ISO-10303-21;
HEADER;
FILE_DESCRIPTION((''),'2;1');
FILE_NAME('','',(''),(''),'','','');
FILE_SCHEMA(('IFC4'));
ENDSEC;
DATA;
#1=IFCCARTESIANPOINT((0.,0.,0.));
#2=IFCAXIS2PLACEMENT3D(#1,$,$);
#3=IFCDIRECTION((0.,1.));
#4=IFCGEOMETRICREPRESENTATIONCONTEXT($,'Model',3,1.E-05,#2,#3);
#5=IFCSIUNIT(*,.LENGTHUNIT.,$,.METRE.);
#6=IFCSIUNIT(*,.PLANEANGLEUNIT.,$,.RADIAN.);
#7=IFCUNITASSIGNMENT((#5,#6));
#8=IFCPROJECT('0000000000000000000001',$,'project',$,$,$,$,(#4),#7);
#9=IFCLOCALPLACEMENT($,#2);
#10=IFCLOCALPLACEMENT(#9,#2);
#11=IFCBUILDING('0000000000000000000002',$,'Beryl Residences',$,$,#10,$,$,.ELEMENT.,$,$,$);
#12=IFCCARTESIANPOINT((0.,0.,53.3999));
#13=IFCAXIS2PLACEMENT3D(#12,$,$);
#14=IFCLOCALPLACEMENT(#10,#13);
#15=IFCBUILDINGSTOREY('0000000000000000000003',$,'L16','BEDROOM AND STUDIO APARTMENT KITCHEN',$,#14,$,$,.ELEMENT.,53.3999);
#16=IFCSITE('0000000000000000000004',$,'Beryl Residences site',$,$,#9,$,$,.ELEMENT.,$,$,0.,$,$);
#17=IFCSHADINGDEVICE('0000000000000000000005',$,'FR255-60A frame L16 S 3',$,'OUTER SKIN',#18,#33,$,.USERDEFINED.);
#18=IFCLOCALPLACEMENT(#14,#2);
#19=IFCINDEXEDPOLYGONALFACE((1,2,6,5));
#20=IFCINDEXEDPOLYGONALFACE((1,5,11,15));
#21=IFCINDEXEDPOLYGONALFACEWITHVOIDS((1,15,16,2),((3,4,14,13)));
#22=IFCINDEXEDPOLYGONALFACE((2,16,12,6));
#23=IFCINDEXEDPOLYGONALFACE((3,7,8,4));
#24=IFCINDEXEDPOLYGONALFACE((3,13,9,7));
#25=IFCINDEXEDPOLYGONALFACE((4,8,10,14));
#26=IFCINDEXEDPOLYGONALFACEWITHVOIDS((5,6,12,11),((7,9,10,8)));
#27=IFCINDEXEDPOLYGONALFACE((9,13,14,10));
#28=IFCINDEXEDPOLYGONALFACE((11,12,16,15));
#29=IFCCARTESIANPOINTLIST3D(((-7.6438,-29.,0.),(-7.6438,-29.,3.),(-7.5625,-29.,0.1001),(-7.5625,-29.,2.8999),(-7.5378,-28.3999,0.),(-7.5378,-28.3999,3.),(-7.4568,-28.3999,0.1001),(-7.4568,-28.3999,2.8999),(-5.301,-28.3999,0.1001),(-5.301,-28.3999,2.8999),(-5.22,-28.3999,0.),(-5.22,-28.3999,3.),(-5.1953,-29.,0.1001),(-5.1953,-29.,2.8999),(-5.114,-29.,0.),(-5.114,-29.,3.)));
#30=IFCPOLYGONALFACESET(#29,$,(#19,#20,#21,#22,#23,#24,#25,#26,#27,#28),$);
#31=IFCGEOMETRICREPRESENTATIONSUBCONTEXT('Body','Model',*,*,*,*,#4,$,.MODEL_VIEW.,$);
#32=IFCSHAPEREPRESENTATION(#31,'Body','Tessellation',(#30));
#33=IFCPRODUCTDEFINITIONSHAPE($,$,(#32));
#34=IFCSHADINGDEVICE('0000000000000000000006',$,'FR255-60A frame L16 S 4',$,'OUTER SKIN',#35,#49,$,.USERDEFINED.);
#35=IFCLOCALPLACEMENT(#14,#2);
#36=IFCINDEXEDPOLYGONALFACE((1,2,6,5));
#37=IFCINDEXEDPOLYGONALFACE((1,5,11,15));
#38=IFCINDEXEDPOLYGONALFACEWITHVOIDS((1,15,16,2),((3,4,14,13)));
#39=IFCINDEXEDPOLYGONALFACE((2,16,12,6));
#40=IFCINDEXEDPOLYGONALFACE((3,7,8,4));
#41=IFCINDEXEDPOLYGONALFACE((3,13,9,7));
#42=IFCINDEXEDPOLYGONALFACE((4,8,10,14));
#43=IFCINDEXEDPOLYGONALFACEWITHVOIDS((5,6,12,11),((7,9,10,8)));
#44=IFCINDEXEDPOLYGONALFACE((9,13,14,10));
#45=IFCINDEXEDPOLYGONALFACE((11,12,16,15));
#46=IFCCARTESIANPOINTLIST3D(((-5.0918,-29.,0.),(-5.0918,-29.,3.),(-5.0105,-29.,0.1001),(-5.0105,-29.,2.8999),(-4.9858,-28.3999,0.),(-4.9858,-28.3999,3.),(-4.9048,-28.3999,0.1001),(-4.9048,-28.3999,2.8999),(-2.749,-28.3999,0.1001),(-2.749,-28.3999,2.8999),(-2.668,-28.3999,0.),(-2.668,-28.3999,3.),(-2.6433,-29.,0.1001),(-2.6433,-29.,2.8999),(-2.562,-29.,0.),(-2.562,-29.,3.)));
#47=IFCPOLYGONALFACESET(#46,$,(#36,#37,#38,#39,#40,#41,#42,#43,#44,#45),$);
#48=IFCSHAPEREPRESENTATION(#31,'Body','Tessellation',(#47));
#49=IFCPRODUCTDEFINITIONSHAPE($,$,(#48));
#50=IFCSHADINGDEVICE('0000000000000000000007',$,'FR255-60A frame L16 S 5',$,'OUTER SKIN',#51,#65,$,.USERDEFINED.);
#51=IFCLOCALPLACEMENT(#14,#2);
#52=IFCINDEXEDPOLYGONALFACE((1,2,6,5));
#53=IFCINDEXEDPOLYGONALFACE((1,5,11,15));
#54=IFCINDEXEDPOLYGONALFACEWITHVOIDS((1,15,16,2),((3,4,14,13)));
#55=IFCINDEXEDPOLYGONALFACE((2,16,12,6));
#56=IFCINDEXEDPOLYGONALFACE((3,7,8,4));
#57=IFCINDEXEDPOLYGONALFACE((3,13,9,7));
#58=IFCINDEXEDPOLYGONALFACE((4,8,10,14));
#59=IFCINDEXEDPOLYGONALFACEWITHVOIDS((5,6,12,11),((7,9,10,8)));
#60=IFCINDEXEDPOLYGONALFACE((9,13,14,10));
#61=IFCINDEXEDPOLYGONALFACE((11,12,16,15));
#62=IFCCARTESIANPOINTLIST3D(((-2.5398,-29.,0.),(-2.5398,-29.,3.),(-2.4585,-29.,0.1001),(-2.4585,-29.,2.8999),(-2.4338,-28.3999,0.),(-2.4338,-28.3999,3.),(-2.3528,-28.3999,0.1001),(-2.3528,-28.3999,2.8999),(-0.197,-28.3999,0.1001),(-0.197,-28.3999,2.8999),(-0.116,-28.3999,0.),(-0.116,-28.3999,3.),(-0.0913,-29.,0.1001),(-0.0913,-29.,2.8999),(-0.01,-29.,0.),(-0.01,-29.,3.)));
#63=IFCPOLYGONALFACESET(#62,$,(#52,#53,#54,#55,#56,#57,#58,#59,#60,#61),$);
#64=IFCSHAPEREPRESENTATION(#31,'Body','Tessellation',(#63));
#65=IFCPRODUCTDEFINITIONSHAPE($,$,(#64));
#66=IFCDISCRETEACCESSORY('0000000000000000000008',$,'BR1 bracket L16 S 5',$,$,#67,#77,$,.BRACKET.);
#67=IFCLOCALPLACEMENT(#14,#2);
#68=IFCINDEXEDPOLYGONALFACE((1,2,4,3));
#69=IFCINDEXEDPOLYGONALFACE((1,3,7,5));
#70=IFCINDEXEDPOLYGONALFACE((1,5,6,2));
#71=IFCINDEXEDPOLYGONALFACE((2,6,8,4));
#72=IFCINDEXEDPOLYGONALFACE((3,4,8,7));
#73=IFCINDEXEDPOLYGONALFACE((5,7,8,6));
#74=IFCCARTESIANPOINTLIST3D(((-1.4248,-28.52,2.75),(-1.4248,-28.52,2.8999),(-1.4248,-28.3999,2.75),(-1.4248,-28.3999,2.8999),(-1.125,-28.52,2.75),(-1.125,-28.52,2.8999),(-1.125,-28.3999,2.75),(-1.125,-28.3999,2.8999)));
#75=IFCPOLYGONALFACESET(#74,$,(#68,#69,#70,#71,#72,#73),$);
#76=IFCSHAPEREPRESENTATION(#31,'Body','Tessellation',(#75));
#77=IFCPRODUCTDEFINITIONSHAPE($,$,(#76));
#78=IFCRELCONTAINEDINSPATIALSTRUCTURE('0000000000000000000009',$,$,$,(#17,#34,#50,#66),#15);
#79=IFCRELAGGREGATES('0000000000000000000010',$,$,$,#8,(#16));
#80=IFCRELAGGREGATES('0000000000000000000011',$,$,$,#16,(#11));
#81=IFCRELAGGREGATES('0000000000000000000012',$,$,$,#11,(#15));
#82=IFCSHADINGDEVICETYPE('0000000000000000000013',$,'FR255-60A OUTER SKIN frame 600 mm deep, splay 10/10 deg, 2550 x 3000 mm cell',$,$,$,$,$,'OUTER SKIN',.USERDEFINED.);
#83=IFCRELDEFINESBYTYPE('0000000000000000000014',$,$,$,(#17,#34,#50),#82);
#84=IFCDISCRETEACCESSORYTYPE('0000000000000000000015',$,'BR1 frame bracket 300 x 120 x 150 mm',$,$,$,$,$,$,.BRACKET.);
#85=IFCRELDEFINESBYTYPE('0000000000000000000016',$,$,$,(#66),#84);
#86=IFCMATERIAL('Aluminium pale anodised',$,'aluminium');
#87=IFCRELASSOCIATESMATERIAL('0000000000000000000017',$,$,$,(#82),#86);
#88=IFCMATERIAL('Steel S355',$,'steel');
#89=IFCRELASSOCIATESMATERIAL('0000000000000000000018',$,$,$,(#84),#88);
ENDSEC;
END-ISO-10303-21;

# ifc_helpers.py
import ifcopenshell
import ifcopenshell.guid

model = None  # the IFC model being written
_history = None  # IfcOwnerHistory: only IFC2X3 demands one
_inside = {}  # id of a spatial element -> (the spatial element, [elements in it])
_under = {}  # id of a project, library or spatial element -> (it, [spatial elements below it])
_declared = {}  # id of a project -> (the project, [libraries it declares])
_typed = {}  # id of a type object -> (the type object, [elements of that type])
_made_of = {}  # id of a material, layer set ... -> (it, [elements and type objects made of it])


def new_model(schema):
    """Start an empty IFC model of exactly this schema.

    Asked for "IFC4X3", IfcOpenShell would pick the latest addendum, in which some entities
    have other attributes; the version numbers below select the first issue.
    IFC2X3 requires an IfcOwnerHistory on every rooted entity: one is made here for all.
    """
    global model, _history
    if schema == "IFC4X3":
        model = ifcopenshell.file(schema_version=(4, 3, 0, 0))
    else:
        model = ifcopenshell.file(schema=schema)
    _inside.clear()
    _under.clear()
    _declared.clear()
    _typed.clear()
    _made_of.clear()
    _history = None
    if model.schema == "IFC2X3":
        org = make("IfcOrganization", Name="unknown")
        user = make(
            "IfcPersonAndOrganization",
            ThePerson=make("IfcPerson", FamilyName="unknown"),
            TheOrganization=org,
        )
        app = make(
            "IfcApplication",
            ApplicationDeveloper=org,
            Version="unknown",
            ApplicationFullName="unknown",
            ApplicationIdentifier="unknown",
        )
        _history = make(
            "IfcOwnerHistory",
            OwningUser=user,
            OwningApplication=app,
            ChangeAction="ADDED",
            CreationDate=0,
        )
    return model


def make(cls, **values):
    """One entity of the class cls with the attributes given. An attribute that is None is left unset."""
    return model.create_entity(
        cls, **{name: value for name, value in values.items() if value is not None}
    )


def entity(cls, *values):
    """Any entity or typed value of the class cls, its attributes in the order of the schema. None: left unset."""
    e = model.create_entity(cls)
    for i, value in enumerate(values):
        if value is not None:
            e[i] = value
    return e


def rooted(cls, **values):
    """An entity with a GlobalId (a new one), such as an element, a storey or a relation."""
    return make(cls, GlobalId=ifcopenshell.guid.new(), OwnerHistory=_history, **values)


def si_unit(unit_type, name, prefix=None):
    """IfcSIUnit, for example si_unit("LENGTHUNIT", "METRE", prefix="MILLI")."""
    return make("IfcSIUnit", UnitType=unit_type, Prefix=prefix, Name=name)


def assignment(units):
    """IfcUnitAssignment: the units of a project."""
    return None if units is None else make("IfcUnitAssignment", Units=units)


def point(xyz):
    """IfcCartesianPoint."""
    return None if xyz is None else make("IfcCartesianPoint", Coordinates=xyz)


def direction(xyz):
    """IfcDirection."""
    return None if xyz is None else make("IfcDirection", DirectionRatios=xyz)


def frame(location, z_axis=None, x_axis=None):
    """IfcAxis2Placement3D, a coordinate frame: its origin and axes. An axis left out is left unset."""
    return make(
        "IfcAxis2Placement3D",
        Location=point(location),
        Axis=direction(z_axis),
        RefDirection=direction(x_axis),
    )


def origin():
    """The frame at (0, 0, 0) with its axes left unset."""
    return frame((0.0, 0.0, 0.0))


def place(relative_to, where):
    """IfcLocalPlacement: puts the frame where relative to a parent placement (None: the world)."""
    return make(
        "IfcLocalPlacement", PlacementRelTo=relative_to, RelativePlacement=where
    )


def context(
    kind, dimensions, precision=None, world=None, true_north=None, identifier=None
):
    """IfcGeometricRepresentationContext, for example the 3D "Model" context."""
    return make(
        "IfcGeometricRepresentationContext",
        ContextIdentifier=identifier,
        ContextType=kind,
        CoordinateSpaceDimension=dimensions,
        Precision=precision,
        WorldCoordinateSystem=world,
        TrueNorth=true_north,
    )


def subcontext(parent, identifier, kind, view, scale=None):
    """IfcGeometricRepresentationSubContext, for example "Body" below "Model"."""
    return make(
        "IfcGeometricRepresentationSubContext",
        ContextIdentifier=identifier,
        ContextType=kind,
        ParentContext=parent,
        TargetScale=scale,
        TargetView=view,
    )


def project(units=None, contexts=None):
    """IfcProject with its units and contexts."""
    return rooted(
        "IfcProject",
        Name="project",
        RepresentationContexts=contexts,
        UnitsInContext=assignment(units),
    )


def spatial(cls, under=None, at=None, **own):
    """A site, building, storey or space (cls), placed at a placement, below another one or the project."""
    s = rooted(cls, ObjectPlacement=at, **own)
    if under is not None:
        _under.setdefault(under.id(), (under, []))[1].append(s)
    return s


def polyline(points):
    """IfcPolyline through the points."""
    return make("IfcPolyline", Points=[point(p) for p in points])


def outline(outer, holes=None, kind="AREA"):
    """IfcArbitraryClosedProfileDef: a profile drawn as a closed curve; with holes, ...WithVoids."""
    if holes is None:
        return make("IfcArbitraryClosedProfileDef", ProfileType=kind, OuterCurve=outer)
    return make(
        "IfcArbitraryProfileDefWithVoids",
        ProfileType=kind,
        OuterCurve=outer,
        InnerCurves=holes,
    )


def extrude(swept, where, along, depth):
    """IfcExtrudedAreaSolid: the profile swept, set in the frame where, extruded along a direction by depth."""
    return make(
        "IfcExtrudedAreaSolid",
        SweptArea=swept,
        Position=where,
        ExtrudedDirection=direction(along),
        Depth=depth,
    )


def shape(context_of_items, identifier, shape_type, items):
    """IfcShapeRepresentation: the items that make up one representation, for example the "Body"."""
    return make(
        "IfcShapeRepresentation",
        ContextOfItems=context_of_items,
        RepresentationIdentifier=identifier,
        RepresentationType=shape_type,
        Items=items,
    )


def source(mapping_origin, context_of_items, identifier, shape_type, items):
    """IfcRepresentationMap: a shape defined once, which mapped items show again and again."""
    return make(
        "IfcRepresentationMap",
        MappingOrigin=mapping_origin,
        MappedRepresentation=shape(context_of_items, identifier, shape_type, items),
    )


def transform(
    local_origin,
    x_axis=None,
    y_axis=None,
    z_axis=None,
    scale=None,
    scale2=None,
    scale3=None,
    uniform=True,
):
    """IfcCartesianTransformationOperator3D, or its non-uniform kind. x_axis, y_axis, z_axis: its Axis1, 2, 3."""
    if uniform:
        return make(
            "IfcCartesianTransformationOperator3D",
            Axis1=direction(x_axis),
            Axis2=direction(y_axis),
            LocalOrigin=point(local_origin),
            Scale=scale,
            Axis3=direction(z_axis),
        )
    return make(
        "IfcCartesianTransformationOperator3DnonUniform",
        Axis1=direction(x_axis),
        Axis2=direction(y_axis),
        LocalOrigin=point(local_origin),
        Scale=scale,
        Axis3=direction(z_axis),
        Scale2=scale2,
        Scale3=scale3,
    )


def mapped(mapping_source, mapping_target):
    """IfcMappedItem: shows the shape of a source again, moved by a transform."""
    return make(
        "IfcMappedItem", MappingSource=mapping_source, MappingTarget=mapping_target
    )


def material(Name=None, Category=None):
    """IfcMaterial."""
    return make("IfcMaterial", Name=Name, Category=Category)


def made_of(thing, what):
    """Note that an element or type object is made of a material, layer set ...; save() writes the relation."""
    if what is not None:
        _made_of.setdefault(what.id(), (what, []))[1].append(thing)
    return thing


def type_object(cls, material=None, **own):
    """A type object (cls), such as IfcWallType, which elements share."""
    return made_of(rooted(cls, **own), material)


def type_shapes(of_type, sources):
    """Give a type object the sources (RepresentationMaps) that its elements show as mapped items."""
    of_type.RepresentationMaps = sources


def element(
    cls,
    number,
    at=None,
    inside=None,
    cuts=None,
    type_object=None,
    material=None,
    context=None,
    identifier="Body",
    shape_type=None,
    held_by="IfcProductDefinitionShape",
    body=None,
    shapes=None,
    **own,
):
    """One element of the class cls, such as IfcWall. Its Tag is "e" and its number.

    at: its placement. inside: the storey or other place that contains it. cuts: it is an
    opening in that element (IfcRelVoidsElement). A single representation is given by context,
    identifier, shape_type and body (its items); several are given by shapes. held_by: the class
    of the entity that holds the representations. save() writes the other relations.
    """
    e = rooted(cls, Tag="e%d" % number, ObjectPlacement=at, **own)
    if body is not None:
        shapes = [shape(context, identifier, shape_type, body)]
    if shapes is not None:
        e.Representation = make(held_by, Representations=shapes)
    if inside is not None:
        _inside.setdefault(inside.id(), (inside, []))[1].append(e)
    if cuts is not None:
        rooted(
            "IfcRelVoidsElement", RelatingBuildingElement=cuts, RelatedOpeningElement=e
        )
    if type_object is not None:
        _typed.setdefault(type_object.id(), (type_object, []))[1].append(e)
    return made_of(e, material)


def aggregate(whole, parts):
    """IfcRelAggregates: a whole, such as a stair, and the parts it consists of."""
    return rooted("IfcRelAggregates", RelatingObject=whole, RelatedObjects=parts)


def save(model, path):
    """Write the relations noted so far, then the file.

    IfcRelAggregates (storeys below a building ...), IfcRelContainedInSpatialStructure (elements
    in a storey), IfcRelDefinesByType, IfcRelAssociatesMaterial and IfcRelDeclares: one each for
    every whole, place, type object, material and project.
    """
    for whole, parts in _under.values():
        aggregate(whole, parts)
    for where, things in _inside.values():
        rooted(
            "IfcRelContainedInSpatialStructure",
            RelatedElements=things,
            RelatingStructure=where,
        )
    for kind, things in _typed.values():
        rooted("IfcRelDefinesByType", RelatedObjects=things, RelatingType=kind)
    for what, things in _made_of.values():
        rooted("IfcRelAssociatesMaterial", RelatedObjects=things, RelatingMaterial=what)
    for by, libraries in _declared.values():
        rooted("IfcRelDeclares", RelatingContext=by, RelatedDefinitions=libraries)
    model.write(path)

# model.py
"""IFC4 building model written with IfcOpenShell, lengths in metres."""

from ifc_helpers import new_model, entity, si_unit, direction, frame, origin, place, context, subcontext, project, spatial, polyline, outline, extrude, source, transform, mapped, material, type_object, type_shapes, element, save


model = new_model("IFC4")

# Units and contexts
model_context = context("Model", 3, precision=1e-05, world=origin(), true_north=direction((0.0, 1.0)))
body_context = subcontext(model_context, "Body", "Model", "MODEL_VIEW")
ifc_project = project(units=[si_unit("LENGTHUNIT", "METRE"), si_unit("PLANEANGLEUNIT", "RADIAN")], contexts=[model_context])

# Site, building, storey
site_placement = place(None, origin())
site = spatial("IfcSite", under=ifc_project, at=site_placement, Name="Beryl Residences site", CompositionType="ELEMENT", RefElevation=0.0)
building_placement = place(site_placement, origin())
building = spatial("IfcBuilding", under=site, at=building_placement, Name="Beryl Residences", CompositionType="ELEMENT")
storey_placement = place(building_placement, frame((0.0, 0.0, 53.3999)))
storey = spatial("IfcBuildingStorey", under=building, at=storey_placement, Name="L16", Description="BEDROOM AND STUDIO APARTMENT KITCHEN", CompositionType="ELEMENT", Elevation=53.3999)

# Shading devices
ifc_material_1 = material(Name="Aluminium pale anodised", Category="aluminium")
shading_device_type = type_object("IfcShadingDeviceType", Name="FR255-60A OUTER SKIN frame 600 mm deep, splay 10/10 deg, 2550 x 3000 mm cell", ElementType="OUTER SKIN", PredefinedType="USERDEFINED", material=ifc_material_1)
cartesian_point_1 = entity("IfcCartesianPoint", [-1.1589, 0.0])
cartesian_point_2 = entity("IfcCartesianPoint", [-1.0779, 0.1001])
cartesian_point_3 = entity("IfcCartesianPoint", [-1.2649, 0.0])
cartesian_point_4 = entity("IfcCartesianPoint", [-1.1836, 0.1001])
shared_shape_1 = source(origin(), body_context, "Body", "SweptSolid", [
    entity("IfcExtrudedAreaSolidTapered", entity("IfcArbitraryProfileDefWithVoids", "AREA", None, entity("IfcPolyline", [cartesian_point_1, entity("IfcCartesianPoint", [1.1589, 0.0]), entity("IfcCartesianPoint", [1.1589, 3.0]), entity("IfcCartesianPoint", [-1.1589, 3.0]), cartesian_point_1]), [entity("IfcPolyline", [cartesian_point_2, entity("IfcCartesianPoint", [1.0779, 0.1001]), entity("IfcCartesianPoint", [1.0779, 2.8999]), entity("IfcCartesianPoint", [-1.0779, 2.8999]), cartesian_point_2])]), entity("IfcAxis2Placement3D", entity("IfcCartesianPoint", [0.0, 0.0, 0.0]), entity("IfcDirection", [0.0, 1.0, 0.0]), entity("IfcDirection", [-1.0, 0.0, 0.0])), entity("IfcDirection", [0.0, 0.0, 1.0]), 0.6001, entity("IfcArbitraryProfileDefWithVoids", "AREA", None, entity("IfcPolyline", [cartesian_point_3, entity("IfcCartesianPoint", [1.2649, 0.0]), entity("IfcCartesianPoint", [1.2649, 3.0]), entity("IfcCartesianPoint", [-1.2649, 3.0]), cartesian_point_3]), [entity("IfcPolyline", [cartesian_point_4, entity("IfcCartesianPoint", [1.1836, 0.1001]), entity("IfcCartesianPoint", [1.1836, 2.8999]), entity("IfcCartesianPoint", [-1.1836, 2.8999]), cartesian_point_4])])),
])
type_shapes(shading_device_type, [shared_shape_1])
for number, where, z_axis, x_axis, name in (
    (1, (-6.3789, -28.3999, 0.0), (0.0, 0.0, 1.0), (-1.0, 0.0, 0.0), "FR255-60A frame L16 S 3"),
    (2, (-3.8269, -28.3999, 0.0), (0.0, 0.0, 1.0), (-1.0, 0.0, 0.0), "FR255-60A frame L16 S 4"),
    (3, (-1.2749, -28.3999, 0.0), (0.0, 0.0, 1.0), (-1.0, 0.0, 0.0), "FR255-60A frame L16 S 5"),
):
    element("IfcShadingDevice", number, at=place(storey_placement, frame(where, z_axis=z_axis, x_axis=x_axis)), inside=storey, type_object=shading_device_type, Name=name, ObjectType="OUTER SKIN", PredefinedType="USERDEFINED", context=body_context, shape_type="MappedRepresentation", body=[
        mapped(shared_shape_1, transform((0.0, 0.0, 0.0))),
    ])

# Discrete accessory
ifc_material_2 = material(Name="Steel S355", Category="steel")
discrete_accessory_type = type_object("IfcDiscreteAccessoryType", Name="BR1 frame bracket 300 x 120 x 150 mm", PredefinedType="BRACKET", material=ifc_material_2)
shared_shape_2 = source(origin(), body_context, "Body", "SweptSolid", [
    extrude(outline(polyline([(-0.1499, 0.0), (0.1499, 0.0), (0.1499, 0.1201), (-0.1499, 0.1201), (-0.1499, 0.0)])), origin(), (0.0, 0.0, 1.0), 0.1499),
])
type_shapes(discrete_accessory_type, [shared_shape_2])
discrete_accessory_placement = place(storey_placement, frame((-1.2749, -28.3999, 2.75), z_axis=(0.0, 0.0, 1.0), x_axis=(-1.0, 0.0, 0.0)))
element("IfcDiscreteAccessory", 4, at=discrete_accessory_placement, inside=storey, type_object=discrete_accessory_type, Name="BR1 bracket L16 S 5", PredefinedType="BRACKET", context=body_context, shape_type="MappedRepresentation", body=[
    mapped(shared_shape_2, transform((0.0, 0.0, 0.0))),
])

save(model, "model.ifc")
